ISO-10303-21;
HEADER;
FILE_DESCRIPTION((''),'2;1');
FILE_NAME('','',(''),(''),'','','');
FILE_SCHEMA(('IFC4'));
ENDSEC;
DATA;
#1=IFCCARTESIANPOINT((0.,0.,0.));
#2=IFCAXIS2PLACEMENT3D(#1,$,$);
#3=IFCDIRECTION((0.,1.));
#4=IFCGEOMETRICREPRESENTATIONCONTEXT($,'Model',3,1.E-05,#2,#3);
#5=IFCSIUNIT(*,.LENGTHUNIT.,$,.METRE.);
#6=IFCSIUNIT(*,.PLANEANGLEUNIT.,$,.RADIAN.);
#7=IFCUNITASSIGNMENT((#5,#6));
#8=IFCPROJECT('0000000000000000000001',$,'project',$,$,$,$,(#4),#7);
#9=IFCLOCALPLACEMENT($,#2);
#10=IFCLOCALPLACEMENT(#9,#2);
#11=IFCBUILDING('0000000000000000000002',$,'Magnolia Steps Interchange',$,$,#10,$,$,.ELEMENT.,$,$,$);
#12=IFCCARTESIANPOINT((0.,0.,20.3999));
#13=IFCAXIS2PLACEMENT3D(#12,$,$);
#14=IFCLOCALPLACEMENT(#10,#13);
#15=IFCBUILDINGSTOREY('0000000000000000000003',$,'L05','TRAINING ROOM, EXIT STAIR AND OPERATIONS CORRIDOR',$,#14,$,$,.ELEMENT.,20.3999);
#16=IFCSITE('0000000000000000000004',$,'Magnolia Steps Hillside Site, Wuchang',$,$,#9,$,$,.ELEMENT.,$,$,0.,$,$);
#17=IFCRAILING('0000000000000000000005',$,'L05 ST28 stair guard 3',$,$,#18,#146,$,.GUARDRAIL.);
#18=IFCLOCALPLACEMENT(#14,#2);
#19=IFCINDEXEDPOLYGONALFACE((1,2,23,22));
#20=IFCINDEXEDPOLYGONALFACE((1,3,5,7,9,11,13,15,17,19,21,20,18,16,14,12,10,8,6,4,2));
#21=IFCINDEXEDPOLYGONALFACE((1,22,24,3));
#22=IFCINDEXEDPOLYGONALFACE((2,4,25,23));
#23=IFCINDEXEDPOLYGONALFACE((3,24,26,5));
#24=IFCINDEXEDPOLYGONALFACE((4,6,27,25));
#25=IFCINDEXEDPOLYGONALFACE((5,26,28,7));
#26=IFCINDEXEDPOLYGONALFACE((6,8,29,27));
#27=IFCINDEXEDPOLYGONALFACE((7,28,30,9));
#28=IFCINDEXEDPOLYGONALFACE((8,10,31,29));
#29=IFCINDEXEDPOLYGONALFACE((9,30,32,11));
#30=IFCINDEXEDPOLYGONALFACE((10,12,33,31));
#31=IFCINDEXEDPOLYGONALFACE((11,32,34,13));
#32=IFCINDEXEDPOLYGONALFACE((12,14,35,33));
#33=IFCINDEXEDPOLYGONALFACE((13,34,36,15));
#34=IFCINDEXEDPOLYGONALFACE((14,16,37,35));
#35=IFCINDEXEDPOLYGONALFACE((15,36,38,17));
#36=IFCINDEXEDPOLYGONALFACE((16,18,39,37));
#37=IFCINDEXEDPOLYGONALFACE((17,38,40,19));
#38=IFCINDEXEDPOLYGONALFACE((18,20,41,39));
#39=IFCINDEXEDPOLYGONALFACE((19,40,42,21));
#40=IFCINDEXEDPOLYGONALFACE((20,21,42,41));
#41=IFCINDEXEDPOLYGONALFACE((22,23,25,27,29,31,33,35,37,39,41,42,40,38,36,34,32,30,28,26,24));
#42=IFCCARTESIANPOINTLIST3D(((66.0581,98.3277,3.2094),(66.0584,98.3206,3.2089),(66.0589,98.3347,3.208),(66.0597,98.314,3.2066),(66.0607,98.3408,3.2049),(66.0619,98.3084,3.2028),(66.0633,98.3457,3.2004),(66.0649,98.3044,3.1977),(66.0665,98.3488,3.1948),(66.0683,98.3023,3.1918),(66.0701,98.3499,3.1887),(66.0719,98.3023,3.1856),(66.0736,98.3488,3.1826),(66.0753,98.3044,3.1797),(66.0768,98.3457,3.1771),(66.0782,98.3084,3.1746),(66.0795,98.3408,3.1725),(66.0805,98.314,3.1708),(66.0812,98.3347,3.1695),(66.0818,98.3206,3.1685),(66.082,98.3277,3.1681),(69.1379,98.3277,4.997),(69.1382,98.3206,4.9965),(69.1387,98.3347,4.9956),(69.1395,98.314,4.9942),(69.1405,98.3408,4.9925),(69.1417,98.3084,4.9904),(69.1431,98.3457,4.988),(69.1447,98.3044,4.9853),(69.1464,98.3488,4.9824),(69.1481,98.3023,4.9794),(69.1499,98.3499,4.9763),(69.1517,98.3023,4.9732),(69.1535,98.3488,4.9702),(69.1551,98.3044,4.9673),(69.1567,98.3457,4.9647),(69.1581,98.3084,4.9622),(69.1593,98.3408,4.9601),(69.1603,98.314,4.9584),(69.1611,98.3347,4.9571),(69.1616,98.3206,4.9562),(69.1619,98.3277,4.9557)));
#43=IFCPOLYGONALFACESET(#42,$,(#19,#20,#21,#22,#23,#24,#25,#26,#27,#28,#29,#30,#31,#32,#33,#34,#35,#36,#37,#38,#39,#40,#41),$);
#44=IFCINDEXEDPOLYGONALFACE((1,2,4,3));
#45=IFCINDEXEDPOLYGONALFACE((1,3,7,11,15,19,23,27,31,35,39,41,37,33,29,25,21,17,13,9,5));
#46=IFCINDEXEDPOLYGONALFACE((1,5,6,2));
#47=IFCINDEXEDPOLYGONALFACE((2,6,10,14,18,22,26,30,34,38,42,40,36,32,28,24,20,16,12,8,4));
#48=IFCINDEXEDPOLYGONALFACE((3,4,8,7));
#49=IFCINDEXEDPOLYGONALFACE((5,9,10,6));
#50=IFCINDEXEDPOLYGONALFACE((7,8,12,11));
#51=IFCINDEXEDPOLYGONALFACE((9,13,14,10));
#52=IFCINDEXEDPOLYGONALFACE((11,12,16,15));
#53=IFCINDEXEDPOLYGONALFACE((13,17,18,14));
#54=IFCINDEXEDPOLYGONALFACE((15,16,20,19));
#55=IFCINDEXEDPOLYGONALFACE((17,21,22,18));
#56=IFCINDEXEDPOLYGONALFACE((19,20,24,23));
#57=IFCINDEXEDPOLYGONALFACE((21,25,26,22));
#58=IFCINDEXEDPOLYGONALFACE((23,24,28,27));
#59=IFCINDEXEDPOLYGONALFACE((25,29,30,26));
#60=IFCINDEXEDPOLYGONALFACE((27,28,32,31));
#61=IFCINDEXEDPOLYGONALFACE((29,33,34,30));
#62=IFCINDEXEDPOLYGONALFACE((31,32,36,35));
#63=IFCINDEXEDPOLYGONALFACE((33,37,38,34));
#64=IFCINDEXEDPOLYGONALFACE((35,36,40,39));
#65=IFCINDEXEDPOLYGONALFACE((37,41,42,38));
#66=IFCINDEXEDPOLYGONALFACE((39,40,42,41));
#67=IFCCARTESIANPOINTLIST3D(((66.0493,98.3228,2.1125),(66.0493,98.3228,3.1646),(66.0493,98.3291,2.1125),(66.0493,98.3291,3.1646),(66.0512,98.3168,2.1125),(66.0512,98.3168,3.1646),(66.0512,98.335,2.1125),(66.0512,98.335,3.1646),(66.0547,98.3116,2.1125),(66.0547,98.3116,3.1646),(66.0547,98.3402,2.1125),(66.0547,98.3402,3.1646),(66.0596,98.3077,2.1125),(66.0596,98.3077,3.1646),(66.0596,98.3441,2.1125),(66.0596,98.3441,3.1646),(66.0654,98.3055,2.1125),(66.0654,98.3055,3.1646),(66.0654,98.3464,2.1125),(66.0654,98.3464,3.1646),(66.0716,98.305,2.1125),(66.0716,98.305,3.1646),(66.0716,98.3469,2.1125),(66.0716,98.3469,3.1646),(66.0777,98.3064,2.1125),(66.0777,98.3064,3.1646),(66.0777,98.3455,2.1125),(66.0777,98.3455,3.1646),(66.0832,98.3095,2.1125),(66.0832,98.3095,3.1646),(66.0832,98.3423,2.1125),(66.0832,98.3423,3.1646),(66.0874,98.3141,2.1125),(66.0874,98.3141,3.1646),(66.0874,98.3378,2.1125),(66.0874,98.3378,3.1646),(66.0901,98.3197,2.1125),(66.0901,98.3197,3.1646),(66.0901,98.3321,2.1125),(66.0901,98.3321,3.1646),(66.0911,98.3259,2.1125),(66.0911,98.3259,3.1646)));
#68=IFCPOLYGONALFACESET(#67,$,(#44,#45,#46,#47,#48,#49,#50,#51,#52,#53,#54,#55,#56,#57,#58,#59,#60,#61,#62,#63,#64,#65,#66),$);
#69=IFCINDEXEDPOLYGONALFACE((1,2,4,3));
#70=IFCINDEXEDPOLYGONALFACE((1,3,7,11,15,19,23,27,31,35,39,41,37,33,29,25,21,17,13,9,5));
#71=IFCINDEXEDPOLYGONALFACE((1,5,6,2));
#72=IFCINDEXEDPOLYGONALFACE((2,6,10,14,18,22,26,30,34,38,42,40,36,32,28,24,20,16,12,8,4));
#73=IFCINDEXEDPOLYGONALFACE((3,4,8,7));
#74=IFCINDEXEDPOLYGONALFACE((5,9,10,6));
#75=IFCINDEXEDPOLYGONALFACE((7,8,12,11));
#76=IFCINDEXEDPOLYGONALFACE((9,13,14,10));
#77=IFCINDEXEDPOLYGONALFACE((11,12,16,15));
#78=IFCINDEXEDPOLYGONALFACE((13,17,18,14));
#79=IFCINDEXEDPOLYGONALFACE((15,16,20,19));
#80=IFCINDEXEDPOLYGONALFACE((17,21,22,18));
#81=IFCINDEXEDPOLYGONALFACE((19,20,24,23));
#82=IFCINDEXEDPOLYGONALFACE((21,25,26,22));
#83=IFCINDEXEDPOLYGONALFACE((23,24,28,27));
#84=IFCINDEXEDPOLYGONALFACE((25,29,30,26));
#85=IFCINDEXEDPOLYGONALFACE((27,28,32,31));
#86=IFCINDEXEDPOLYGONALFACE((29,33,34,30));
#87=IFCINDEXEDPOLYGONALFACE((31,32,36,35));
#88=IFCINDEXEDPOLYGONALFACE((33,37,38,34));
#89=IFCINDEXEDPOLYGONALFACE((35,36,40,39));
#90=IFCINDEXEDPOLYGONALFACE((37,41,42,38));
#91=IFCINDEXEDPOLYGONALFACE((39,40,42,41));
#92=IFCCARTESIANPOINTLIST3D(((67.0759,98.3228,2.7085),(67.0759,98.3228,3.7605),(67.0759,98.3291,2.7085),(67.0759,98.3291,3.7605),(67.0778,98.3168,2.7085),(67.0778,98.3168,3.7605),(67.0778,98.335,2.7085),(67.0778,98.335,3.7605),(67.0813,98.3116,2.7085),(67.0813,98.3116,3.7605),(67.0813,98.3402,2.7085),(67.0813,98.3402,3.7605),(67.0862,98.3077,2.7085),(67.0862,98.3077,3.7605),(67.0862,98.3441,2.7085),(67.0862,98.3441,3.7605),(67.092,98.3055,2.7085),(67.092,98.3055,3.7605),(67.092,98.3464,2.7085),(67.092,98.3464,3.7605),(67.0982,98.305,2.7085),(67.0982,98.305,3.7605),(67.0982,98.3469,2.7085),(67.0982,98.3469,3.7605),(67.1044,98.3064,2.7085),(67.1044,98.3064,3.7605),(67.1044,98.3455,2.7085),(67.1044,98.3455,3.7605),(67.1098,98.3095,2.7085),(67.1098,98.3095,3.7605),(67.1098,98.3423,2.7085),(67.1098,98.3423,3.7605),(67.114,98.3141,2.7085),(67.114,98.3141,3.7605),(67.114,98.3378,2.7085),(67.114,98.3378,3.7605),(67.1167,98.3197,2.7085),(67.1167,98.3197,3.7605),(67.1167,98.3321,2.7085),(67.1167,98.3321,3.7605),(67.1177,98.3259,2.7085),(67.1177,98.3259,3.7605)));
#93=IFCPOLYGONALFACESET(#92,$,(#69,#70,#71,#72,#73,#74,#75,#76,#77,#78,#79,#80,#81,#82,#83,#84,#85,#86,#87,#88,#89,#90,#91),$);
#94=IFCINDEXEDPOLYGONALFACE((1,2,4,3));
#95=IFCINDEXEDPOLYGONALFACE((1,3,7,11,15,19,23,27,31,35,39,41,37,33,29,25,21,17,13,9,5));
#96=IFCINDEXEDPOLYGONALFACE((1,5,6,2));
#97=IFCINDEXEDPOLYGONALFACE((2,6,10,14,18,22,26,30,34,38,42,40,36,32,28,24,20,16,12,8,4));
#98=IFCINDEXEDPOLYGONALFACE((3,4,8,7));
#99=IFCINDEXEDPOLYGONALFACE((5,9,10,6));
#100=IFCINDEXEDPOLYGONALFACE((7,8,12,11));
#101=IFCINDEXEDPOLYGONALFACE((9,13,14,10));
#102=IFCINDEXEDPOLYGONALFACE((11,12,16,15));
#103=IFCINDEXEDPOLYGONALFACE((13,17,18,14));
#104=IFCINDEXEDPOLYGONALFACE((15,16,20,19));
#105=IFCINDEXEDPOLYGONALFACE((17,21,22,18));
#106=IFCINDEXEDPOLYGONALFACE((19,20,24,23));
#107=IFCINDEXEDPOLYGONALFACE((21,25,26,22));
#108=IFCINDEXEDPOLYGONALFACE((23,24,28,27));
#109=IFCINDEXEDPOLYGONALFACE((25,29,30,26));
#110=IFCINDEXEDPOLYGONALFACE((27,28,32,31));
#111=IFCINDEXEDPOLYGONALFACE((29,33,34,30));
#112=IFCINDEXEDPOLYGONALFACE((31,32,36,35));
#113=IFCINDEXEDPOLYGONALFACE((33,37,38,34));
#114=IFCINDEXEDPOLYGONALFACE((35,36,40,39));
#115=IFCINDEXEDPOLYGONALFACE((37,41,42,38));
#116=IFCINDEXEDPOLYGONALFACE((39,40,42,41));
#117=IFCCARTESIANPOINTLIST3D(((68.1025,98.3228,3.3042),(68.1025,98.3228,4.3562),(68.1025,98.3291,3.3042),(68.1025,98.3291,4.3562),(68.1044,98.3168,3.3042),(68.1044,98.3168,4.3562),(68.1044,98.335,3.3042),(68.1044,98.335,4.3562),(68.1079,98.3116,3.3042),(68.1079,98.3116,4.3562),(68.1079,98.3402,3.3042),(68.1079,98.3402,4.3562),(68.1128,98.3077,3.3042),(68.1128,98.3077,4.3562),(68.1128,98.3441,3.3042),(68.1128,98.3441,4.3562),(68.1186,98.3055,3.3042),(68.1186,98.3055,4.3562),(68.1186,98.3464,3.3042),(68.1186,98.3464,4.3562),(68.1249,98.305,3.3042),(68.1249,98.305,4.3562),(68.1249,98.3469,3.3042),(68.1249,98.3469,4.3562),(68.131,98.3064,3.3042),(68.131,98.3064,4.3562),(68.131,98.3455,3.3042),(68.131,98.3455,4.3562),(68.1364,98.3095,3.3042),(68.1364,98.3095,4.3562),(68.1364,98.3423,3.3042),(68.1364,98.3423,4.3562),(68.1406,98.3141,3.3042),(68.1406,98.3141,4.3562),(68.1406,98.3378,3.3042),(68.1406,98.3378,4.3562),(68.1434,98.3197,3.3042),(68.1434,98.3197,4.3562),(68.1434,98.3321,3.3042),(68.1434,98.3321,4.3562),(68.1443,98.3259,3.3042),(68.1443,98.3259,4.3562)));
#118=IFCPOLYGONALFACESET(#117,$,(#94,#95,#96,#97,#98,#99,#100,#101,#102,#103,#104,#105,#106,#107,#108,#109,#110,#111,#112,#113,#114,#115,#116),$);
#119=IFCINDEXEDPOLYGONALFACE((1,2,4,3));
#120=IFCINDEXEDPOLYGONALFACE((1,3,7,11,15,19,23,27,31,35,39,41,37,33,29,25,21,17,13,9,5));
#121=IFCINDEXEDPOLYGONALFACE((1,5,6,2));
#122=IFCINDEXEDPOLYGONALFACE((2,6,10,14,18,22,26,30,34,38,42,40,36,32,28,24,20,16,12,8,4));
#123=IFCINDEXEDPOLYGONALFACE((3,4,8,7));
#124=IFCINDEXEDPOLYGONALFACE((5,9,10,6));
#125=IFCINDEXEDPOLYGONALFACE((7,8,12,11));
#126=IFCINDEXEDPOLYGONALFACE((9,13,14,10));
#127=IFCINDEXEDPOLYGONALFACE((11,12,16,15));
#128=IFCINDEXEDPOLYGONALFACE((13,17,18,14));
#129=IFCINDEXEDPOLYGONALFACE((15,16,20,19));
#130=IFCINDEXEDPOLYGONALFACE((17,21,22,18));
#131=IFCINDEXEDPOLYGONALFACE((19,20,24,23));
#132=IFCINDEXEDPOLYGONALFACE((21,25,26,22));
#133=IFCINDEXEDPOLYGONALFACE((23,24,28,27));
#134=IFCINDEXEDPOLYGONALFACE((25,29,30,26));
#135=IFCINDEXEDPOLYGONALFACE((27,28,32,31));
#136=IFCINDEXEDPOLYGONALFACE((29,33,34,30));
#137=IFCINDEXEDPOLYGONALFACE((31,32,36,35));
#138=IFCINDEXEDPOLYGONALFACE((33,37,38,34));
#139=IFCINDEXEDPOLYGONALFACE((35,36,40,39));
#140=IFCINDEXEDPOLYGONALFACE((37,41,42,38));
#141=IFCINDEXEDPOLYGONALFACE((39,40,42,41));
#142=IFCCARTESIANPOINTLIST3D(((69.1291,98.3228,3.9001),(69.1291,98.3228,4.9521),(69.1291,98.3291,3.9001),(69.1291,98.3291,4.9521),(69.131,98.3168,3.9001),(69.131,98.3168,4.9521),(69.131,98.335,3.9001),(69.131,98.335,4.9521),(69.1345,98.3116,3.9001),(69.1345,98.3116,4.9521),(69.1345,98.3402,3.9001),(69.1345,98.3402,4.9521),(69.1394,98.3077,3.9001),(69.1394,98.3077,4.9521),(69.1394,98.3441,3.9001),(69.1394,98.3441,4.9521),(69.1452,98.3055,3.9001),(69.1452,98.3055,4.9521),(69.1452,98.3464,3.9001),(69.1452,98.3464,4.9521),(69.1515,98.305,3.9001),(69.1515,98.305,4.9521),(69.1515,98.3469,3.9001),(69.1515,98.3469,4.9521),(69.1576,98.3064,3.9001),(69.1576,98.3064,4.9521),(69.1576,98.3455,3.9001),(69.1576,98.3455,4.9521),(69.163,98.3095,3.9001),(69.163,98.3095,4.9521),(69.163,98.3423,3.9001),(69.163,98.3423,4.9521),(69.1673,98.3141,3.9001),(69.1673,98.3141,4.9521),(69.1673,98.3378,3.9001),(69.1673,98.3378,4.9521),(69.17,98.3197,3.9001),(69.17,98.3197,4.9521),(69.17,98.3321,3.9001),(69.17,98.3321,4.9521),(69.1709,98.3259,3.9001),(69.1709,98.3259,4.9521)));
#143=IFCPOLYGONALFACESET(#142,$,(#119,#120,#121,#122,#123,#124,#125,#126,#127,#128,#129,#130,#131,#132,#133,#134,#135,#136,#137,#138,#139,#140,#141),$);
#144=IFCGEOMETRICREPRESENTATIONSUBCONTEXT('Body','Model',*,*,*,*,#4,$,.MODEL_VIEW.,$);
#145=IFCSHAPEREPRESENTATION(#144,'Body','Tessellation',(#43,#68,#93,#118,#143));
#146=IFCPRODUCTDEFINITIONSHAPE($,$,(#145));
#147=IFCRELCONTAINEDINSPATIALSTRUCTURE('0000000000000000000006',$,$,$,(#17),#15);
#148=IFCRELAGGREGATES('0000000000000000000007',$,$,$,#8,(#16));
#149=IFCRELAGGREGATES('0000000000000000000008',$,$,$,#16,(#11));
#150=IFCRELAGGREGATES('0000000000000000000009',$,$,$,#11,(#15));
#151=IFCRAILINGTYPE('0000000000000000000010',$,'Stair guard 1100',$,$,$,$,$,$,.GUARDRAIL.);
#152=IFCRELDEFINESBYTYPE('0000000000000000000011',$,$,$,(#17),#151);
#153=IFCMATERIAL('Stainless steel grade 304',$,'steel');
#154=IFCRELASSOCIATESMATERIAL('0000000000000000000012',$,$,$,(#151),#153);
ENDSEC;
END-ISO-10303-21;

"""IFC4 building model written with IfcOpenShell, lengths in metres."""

from ifc_helpers import new_model, si_unit, direction, frame, origin, origin_2d, place, context, subcontext, project, spatial, circle, extrude, material, type_object, element, save


model = new_model("IFC4")

# Units and contexts
model_context = context("Model", 3, precision=1e-05, world=origin(), true_north=direction((0.0, 1.0)))
body_context = subcontext(model_context, "Body", "Model", "MODEL_VIEW")
ifc_project = project(units=[si_unit("LENGTHUNIT", "METRE"), si_unit("PLANEANGLEUNIT", "RADIAN")], contexts=[model_context])

# Site, building, storey
site_placement = place(None, origin())
site = spatial("IfcSite", under=ifc_project, at=site_placement, Name="Magnolia Steps Hillside Site, Wuchang", CompositionType="ELEMENT", RefElevation=0.0)
building_placement = place(site_placement, origin())
building = spatial("IfcBuilding", under=site, at=building_placement, Name="Magnolia Steps Interchange", CompositionType="ELEMENT")
storey_placement = place(building_placement, frame((0.0, 0.0, 20.3999)))
storey = spatial("IfcBuildingStorey", under=building, at=storey_placement, Name="L05", Description="TRAINING ROOM, EXIT STAIR AND OPERATIONS CORRIDOR", CompositionType="ELEMENT", Elevation=20.3999)

# Railing
ifc_material_1 = material(Name="Stainless steel grade 304", Category="steel")
railing_type_1 = type_object("IfcRailingType", Name="Stair guard 1100", PredefinedType="GUARDRAIL", material=ifc_material_1)
railing_1_placement = place(storey_placement, frame((66.0701, 98.3259, 2.1125)))
element("IfcRailing", 1, at=railing_1_placement, inside=storey, type_object=railing_type_1, Name="L05 ST28 stair guard 3", PredefinedType="GUARDRAIL", context=body_context, shape_type="SweptSolid", body=[
    extrude(circle(Radius=0.0239, at=origin_2d()), frame((0.0, 0.0, 1.0762), z_axis=(0.864873, 0.0, 0.50199), x_axis=(0.0, 1.0, 0.0)), (0.0, 0.0, 1.0), 3.561),
    extrude(circle(Radius=0.021, at=origin_2d()), origin(), (0.0, 0.0, 1.0), 1.052),
    extrude(circle(Radius=0.021, at=origin_2d()), frame((1.0266, 0.0, 0.5959)), (0.0, 0.0, 1.0), 1.052),
    extrude(circle(Radius=0.021, at=origin_2d()), frame((2.0532, 0.0, 1.1917)), (0.0, 0.0, 1.0), 1.052),
    extrude(circle(Radius=0.021, at=origin_2d()), frame((3.0798, 0.0, 1.7876)), (0.0, 0.0, 1.0), 1.052),
])

save(model, "model.ifc")
